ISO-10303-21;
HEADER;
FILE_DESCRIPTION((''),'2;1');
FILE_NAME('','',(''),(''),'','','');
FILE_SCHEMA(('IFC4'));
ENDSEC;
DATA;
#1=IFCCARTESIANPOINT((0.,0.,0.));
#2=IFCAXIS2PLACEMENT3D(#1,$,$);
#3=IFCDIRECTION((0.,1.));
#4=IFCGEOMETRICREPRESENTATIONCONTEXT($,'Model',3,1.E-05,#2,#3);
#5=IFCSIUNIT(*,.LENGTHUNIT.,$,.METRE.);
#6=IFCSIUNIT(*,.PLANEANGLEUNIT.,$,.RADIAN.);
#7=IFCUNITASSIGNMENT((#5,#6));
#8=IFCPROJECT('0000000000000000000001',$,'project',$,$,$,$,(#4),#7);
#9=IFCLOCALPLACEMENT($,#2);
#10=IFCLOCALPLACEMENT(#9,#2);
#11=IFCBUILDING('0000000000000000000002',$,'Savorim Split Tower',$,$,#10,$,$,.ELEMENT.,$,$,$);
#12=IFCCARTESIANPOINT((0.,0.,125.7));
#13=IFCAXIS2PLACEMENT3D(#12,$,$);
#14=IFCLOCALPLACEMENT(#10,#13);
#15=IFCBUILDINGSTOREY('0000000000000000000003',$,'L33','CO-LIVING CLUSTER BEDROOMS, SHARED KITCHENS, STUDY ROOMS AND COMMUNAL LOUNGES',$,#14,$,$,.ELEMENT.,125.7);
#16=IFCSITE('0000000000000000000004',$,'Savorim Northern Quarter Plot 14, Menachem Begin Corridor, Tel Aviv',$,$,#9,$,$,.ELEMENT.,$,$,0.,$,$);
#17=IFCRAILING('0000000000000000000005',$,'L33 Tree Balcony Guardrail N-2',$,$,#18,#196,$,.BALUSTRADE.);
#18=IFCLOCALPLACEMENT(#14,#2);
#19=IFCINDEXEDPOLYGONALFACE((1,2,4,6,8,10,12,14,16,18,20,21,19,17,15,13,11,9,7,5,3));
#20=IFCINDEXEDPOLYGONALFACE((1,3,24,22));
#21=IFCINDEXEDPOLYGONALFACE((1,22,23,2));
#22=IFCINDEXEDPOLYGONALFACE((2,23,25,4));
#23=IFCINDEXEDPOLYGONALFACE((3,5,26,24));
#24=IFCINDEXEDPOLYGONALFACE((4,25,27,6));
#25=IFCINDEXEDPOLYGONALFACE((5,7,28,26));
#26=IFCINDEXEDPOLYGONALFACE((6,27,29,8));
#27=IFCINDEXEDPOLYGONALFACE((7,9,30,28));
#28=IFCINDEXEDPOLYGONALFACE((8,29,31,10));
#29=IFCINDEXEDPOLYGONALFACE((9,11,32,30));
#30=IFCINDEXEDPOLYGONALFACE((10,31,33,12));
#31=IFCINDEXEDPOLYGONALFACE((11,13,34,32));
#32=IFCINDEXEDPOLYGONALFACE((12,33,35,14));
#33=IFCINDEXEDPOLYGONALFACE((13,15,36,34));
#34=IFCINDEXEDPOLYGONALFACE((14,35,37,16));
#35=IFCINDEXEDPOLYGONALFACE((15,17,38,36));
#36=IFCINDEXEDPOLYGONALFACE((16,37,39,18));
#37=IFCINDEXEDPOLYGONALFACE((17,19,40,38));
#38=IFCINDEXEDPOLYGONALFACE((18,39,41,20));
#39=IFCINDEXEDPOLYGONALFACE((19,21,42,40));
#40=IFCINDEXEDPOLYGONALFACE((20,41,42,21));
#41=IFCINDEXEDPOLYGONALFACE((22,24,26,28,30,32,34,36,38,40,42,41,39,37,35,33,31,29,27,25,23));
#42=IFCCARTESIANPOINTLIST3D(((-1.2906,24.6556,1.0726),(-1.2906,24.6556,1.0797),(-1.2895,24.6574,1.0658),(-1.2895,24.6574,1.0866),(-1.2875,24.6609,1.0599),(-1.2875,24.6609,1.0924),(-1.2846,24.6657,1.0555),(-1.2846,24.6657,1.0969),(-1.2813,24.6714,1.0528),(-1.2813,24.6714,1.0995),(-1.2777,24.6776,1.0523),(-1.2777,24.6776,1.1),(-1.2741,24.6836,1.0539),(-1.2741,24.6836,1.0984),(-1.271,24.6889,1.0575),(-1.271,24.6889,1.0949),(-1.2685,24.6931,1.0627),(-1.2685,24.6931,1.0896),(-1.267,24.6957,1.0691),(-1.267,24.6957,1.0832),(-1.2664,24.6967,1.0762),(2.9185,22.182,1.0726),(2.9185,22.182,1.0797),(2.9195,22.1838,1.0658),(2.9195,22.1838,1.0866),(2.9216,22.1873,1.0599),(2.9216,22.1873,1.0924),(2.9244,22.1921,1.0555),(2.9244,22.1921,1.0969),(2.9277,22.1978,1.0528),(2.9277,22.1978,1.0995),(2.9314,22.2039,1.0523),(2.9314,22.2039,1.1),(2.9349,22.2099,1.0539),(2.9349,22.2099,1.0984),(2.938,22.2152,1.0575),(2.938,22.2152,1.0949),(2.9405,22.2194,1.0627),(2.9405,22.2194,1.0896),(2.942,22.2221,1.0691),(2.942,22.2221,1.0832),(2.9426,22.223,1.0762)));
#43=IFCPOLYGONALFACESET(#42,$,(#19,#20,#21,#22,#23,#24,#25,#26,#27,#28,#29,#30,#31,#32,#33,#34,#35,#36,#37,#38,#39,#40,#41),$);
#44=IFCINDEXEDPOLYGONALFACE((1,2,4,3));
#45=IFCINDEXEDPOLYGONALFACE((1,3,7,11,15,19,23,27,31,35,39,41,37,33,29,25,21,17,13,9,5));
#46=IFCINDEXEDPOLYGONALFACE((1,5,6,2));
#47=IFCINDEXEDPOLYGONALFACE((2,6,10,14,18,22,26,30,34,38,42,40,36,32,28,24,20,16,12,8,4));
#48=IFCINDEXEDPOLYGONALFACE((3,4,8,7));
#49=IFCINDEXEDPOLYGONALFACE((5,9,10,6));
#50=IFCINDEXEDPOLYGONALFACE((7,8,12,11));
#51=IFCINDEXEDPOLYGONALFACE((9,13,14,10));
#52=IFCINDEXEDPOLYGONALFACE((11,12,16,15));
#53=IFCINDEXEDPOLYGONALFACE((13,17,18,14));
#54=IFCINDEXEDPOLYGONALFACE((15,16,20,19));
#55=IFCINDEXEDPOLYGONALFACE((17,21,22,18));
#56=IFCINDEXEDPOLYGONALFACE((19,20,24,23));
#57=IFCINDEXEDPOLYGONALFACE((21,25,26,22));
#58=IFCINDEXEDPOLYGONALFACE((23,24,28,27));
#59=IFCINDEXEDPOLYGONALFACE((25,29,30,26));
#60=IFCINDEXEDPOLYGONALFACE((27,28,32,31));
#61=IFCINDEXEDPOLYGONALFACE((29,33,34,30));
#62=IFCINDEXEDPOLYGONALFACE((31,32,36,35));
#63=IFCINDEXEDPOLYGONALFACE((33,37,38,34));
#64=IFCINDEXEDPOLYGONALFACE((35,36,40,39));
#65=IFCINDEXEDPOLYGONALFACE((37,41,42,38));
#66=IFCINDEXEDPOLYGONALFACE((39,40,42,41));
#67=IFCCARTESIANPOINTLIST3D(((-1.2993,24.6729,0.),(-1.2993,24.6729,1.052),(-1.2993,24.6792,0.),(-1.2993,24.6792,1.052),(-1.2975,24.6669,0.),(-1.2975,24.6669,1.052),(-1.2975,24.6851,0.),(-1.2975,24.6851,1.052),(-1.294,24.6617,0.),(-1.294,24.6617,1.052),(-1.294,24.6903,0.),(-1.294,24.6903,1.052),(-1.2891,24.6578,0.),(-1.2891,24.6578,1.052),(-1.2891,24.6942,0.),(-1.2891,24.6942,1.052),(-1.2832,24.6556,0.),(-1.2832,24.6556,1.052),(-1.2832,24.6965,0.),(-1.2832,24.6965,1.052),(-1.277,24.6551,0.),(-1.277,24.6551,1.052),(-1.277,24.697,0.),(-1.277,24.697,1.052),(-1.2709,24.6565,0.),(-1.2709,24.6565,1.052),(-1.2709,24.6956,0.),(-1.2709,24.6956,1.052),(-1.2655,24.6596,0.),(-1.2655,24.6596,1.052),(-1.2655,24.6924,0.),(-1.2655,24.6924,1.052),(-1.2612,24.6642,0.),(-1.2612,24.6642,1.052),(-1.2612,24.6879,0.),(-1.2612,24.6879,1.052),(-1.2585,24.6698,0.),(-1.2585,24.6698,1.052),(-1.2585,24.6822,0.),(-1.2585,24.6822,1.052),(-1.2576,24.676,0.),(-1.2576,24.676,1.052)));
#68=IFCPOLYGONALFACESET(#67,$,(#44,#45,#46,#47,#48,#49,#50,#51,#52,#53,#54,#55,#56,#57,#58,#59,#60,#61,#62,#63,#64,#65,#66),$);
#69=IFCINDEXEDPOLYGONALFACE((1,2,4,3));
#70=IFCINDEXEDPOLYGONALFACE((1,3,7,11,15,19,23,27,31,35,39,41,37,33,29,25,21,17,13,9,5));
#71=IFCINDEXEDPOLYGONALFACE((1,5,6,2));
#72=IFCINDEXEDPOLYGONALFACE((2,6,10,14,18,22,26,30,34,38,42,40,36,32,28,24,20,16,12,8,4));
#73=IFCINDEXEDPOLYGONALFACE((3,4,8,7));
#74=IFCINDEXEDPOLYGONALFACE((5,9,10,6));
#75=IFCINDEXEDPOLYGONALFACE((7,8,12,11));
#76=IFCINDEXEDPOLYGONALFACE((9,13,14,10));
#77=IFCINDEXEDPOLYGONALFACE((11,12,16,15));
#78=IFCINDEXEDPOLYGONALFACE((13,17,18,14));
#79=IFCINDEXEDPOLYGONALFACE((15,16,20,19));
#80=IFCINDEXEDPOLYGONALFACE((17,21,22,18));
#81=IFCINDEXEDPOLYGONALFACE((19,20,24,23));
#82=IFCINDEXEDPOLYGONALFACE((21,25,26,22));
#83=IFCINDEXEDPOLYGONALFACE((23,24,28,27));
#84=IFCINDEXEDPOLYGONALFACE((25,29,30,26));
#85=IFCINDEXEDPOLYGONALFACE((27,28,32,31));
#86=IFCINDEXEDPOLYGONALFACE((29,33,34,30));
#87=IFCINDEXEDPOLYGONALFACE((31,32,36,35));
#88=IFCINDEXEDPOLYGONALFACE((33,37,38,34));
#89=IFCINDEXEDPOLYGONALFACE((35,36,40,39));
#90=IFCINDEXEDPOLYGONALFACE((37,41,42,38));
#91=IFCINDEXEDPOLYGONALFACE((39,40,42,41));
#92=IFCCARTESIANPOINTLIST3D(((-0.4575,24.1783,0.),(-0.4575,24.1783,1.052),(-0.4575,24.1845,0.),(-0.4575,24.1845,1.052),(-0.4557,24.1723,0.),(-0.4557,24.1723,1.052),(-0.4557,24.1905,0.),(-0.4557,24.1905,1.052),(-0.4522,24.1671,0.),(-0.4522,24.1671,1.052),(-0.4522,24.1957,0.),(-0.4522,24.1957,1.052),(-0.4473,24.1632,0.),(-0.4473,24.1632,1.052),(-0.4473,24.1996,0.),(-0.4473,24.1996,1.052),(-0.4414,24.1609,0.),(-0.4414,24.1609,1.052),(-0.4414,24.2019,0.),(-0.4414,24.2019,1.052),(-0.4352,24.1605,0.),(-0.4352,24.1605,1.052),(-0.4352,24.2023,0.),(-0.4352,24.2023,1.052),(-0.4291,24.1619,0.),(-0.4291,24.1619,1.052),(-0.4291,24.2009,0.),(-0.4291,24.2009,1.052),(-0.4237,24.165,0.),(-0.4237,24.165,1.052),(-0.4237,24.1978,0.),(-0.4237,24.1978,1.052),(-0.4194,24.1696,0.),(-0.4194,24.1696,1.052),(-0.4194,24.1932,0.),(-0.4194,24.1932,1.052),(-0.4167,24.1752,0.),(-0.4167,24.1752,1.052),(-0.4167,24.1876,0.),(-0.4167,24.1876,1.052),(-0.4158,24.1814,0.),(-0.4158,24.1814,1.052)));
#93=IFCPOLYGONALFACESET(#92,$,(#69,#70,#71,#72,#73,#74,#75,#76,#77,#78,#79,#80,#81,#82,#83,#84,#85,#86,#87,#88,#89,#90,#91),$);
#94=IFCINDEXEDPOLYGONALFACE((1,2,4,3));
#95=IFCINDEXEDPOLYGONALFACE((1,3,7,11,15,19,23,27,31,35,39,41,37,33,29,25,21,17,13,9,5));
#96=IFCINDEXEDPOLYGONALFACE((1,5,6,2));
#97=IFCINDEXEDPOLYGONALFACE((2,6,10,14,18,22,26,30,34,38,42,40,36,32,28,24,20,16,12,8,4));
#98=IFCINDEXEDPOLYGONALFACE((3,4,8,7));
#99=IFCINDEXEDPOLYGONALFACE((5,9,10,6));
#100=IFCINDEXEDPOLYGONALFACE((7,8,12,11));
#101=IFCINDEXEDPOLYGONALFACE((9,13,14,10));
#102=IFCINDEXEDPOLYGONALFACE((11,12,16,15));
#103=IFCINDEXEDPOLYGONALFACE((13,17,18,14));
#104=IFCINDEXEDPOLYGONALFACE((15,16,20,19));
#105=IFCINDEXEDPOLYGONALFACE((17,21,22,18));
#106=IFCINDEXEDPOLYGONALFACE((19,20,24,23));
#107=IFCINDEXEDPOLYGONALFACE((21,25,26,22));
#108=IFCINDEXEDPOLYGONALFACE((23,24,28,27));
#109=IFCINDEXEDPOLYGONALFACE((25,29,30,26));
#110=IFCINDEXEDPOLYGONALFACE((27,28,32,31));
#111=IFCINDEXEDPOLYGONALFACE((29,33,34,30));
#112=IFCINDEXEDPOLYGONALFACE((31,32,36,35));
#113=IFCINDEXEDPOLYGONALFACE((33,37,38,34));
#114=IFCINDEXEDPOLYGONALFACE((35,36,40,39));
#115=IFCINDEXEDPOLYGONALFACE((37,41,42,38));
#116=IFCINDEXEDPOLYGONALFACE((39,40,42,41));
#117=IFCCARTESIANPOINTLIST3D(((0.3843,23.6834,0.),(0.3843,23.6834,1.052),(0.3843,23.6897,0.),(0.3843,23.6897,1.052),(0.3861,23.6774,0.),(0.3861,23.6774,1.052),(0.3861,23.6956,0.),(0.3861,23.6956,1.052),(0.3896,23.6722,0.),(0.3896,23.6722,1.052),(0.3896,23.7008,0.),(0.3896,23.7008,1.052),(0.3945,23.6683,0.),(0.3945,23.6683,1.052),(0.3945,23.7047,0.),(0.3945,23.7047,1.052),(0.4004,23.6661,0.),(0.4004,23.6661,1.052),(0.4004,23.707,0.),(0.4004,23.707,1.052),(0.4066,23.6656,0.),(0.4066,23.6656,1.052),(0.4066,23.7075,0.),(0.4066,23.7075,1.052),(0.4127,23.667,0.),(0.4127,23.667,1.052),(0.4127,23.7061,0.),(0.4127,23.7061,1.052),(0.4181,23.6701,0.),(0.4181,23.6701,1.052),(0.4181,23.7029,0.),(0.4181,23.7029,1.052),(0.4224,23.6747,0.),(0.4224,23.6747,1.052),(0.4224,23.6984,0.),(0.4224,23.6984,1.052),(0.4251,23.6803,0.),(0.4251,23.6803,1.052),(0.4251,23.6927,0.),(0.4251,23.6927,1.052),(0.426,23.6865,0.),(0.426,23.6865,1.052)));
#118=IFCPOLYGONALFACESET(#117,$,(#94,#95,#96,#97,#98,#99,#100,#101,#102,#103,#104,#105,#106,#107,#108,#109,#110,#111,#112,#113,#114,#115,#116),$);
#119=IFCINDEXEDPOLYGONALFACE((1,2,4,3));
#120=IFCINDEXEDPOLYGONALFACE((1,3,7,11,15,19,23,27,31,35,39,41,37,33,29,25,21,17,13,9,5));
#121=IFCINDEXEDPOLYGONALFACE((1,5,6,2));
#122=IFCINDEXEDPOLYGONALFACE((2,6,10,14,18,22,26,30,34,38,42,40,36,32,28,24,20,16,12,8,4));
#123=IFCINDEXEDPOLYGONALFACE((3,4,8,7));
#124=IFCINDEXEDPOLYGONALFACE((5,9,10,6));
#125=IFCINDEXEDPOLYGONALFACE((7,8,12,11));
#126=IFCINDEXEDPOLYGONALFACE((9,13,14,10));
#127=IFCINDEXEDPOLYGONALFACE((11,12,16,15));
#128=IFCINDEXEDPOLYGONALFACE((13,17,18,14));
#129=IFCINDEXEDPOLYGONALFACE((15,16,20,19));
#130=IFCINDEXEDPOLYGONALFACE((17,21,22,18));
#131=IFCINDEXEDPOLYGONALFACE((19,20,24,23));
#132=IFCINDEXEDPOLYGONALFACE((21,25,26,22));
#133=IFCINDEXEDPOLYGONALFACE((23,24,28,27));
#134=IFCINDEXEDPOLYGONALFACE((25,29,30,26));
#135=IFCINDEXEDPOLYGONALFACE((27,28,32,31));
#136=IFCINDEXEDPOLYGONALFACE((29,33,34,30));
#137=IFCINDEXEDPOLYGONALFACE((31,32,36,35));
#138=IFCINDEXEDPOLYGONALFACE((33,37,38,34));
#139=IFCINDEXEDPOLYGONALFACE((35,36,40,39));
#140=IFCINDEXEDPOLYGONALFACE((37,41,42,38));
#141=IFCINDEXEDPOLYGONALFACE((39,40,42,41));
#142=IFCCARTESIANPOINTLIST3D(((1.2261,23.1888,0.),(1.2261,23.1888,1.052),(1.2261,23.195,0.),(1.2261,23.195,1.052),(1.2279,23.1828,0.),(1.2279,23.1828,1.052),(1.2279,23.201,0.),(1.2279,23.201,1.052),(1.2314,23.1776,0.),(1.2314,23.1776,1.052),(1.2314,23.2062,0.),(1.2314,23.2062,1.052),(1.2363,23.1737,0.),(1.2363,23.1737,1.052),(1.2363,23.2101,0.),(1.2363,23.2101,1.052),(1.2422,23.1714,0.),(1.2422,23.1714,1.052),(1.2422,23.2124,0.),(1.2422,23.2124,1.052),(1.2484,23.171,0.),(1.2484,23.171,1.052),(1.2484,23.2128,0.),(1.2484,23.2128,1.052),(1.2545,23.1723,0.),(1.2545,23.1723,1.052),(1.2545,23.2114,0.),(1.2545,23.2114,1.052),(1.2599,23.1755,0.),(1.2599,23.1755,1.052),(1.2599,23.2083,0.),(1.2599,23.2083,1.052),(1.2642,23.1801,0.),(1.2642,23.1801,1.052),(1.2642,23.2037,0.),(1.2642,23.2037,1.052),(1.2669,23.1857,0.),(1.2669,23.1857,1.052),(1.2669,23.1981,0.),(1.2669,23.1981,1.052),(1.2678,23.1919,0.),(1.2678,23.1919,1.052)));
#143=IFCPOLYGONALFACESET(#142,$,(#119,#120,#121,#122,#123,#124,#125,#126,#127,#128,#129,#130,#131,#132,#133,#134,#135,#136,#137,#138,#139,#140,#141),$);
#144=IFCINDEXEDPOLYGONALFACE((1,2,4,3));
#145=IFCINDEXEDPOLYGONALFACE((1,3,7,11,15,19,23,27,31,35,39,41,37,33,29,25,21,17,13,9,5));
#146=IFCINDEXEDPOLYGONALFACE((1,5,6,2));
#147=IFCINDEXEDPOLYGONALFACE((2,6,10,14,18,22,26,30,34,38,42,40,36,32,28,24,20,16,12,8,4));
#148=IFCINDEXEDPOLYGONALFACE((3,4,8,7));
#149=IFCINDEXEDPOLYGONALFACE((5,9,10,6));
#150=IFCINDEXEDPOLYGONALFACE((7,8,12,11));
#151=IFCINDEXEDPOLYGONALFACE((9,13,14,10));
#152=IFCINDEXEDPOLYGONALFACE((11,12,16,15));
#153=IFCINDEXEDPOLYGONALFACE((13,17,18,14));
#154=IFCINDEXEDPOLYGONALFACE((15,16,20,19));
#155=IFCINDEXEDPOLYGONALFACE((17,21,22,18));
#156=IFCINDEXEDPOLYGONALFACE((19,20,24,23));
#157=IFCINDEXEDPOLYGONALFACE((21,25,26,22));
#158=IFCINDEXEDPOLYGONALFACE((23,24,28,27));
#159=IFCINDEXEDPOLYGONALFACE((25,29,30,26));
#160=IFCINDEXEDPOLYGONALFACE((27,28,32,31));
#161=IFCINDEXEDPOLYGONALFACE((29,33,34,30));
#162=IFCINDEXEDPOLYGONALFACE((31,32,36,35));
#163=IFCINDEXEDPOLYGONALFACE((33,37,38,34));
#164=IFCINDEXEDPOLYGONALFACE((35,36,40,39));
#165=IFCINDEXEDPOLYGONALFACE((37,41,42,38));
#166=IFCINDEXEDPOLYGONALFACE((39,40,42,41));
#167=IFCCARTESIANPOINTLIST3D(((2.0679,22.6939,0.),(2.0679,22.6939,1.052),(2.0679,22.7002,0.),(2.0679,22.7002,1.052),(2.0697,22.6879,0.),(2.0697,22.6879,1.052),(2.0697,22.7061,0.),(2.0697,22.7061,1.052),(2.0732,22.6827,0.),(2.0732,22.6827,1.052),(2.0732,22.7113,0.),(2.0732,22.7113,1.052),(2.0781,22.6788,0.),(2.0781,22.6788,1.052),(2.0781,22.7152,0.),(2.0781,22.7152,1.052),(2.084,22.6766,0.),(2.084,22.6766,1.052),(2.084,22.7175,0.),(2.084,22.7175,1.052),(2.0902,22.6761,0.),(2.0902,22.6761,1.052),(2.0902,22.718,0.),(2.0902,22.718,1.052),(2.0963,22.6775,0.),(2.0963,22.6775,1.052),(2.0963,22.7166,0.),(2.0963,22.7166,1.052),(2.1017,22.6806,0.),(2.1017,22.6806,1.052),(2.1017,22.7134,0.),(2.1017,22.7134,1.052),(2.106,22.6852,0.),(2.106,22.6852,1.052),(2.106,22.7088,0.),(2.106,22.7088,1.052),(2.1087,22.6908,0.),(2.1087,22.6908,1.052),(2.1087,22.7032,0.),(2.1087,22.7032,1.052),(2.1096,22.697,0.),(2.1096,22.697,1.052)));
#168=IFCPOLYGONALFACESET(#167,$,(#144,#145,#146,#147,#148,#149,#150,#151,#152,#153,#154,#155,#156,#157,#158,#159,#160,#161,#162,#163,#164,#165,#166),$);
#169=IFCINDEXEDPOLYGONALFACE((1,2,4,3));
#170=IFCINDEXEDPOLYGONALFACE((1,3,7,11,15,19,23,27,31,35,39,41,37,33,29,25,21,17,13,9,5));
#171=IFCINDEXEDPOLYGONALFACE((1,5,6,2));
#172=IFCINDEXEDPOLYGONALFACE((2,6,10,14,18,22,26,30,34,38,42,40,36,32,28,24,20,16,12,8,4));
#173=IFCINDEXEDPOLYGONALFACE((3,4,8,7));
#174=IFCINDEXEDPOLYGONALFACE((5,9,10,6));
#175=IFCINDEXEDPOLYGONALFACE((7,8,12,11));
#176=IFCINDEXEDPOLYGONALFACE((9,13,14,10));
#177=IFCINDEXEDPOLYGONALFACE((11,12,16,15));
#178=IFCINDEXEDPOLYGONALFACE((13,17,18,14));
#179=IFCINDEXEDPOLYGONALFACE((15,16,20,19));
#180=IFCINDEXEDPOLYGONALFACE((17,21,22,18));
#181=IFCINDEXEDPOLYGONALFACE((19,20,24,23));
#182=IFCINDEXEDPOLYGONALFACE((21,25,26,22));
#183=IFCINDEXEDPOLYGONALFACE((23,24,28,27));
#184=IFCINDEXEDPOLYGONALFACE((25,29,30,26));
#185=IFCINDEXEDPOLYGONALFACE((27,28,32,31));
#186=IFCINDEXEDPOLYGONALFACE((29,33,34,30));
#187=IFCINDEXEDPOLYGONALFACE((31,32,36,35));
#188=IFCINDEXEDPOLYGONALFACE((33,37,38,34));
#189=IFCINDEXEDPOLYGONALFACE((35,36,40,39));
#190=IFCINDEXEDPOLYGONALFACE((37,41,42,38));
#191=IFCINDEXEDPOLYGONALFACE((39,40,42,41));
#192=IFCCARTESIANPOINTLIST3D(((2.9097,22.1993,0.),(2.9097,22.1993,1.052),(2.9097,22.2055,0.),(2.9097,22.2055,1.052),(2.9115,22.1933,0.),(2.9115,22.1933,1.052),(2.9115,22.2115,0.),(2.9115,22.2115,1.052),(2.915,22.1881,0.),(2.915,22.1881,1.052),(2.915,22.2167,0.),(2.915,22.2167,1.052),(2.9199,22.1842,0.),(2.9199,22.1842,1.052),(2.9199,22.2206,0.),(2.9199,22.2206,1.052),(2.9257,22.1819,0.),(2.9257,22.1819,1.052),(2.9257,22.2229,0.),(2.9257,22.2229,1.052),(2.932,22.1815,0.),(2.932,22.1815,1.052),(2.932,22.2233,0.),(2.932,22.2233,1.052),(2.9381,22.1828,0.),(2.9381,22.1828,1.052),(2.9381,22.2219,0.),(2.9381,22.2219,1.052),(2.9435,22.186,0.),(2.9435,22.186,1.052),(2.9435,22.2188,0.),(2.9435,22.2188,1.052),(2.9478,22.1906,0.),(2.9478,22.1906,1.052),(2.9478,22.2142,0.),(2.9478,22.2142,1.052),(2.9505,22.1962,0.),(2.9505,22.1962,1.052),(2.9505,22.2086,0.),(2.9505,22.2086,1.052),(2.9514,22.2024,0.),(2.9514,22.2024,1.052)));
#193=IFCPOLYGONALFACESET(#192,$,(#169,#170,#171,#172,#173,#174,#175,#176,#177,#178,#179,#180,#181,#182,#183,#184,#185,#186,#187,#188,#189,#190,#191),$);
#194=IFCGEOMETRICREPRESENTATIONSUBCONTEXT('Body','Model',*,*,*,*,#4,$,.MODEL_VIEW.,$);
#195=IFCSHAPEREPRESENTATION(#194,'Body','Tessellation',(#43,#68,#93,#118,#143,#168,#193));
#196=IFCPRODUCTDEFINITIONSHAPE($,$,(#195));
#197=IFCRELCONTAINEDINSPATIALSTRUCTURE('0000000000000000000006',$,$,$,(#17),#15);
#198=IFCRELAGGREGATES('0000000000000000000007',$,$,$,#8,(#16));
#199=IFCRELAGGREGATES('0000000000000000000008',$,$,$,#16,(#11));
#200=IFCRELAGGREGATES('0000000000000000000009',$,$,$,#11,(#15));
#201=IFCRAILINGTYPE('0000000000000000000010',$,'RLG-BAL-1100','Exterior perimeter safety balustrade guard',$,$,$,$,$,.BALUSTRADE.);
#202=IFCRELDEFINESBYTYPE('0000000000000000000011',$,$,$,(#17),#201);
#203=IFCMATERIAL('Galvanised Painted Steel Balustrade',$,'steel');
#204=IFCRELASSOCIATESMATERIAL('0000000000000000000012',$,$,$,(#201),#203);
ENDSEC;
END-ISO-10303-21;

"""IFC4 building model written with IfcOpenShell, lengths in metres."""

from ifc_helpers import new_model, si_unit, direction, frame, origin, origin_2d, place, context, subcontext, project, spatial, circle, extrude, material, type_object, element, save


model = new_model("IFC4")

# Units and contexts
model_context = context("Model", 3, precision=1e-05, world=origin(), true_north=direction((0.0, 1.0)))
body_context = subcontext(model_context, "Body", "Model", "MODEL_VIEW")
ifc_project = project(units=[si_unit("LENGTHUNIT", "METRE"), si_unit("PLANEANGLEUNIT", "RADIAN")], contexts=[model_context])

# Site, building, storey
site_placement = place(None, origin())
site = spatial("IfcSite", under=ifc_project, at=site_placement, Name="Savorim Northern Quarter Plot 14, Menachem Begin Corridor, Tel Aviv", CompositionType="ELEMENT", RefElevation=0.0)
building_placement = place(site_placement, origin())
building = spatial("IfcBuilding", under=site, at=building_placement, Name="Savorim Split Tower", CompositionType="ELEMENT")
storey_placement = place(building_placement, frame((0.0, 0.0, 125.7)))
storey = spatial("IfcBuildingStorey", under=building, at=storey_placement, Name="L33", Description="CO-LIVING CLUSTER BEDROOMS, SHARED KITCHENS, STUDY ROOMS AND COMMUNAL LOUNGES", CompositionType="ELEMENT", Elevation=125.7)

# Railing
ifc_material_1 = material(Name="Galvanised Painted Steel Balustrade", Category="steel")
railing_type = type_object("IfcRailingType", Name="RLG-BAL-1100", Description="Exterior perimeter safety balustrade guard", PredefinedType="BALUSTRADE", material=ifc_material_1)
railing_1_placement = place(storey_placement, frame((-1.2786, 24.676, 0.0)))
element("IfcRailing", 1, at=railing_1_placement, inside=storey, type_object=railing_type, Name="L33 Tree Balcony Guardrail N-2", PredefinedType="BALUSTRADE", context=body_context, shape_type="SweptSolid", body=[
    extrude(circle(Radius=0.0239, at=origin_2d()), frame((0.0, 0.0, 1.0762), z_axis=(0.862135, -0.506679, 0.0), x_axis=(0.506679, 0.862135, 0.0)), (0.0, 0.0, 1.0), 4.8821),
    extrude(circle(Radius=0.021, at=origin_2d()), origin(), (0.0, 0.0, 1.0), 1.052),
    extrude(circle(Radius=0.021, at=origin_2d()), frame((0.8418, -0.4946, 0.0)), (0.0, 0.0, 1.0), 1.052),
    extrude(circle(Radius=0.021, at=origin_2d()), frame((1.6836, -0.9895, 0.0)), (0.0, 0.0, 1.0), 1.052),
    extrude(circle(Radius=0.021, at=origin_2d()), frame((2.5254, -1.4841, 0.0)), (0.0, 0.0, 1.0), 1.052),
    extrude(circle(Radius=0.021, at=origin_2d()), frame((3.3672, -1.979, 0.0)), (0.0, 0.0, 1.0), 1.052),
    extrude(circle(Radius=0.021, at=origin_2d()), frame((4.209, -2.4736, 0.0)), (0.0, 0.0, 1.0), 1.052),
])

save(model, "model.ifc")
